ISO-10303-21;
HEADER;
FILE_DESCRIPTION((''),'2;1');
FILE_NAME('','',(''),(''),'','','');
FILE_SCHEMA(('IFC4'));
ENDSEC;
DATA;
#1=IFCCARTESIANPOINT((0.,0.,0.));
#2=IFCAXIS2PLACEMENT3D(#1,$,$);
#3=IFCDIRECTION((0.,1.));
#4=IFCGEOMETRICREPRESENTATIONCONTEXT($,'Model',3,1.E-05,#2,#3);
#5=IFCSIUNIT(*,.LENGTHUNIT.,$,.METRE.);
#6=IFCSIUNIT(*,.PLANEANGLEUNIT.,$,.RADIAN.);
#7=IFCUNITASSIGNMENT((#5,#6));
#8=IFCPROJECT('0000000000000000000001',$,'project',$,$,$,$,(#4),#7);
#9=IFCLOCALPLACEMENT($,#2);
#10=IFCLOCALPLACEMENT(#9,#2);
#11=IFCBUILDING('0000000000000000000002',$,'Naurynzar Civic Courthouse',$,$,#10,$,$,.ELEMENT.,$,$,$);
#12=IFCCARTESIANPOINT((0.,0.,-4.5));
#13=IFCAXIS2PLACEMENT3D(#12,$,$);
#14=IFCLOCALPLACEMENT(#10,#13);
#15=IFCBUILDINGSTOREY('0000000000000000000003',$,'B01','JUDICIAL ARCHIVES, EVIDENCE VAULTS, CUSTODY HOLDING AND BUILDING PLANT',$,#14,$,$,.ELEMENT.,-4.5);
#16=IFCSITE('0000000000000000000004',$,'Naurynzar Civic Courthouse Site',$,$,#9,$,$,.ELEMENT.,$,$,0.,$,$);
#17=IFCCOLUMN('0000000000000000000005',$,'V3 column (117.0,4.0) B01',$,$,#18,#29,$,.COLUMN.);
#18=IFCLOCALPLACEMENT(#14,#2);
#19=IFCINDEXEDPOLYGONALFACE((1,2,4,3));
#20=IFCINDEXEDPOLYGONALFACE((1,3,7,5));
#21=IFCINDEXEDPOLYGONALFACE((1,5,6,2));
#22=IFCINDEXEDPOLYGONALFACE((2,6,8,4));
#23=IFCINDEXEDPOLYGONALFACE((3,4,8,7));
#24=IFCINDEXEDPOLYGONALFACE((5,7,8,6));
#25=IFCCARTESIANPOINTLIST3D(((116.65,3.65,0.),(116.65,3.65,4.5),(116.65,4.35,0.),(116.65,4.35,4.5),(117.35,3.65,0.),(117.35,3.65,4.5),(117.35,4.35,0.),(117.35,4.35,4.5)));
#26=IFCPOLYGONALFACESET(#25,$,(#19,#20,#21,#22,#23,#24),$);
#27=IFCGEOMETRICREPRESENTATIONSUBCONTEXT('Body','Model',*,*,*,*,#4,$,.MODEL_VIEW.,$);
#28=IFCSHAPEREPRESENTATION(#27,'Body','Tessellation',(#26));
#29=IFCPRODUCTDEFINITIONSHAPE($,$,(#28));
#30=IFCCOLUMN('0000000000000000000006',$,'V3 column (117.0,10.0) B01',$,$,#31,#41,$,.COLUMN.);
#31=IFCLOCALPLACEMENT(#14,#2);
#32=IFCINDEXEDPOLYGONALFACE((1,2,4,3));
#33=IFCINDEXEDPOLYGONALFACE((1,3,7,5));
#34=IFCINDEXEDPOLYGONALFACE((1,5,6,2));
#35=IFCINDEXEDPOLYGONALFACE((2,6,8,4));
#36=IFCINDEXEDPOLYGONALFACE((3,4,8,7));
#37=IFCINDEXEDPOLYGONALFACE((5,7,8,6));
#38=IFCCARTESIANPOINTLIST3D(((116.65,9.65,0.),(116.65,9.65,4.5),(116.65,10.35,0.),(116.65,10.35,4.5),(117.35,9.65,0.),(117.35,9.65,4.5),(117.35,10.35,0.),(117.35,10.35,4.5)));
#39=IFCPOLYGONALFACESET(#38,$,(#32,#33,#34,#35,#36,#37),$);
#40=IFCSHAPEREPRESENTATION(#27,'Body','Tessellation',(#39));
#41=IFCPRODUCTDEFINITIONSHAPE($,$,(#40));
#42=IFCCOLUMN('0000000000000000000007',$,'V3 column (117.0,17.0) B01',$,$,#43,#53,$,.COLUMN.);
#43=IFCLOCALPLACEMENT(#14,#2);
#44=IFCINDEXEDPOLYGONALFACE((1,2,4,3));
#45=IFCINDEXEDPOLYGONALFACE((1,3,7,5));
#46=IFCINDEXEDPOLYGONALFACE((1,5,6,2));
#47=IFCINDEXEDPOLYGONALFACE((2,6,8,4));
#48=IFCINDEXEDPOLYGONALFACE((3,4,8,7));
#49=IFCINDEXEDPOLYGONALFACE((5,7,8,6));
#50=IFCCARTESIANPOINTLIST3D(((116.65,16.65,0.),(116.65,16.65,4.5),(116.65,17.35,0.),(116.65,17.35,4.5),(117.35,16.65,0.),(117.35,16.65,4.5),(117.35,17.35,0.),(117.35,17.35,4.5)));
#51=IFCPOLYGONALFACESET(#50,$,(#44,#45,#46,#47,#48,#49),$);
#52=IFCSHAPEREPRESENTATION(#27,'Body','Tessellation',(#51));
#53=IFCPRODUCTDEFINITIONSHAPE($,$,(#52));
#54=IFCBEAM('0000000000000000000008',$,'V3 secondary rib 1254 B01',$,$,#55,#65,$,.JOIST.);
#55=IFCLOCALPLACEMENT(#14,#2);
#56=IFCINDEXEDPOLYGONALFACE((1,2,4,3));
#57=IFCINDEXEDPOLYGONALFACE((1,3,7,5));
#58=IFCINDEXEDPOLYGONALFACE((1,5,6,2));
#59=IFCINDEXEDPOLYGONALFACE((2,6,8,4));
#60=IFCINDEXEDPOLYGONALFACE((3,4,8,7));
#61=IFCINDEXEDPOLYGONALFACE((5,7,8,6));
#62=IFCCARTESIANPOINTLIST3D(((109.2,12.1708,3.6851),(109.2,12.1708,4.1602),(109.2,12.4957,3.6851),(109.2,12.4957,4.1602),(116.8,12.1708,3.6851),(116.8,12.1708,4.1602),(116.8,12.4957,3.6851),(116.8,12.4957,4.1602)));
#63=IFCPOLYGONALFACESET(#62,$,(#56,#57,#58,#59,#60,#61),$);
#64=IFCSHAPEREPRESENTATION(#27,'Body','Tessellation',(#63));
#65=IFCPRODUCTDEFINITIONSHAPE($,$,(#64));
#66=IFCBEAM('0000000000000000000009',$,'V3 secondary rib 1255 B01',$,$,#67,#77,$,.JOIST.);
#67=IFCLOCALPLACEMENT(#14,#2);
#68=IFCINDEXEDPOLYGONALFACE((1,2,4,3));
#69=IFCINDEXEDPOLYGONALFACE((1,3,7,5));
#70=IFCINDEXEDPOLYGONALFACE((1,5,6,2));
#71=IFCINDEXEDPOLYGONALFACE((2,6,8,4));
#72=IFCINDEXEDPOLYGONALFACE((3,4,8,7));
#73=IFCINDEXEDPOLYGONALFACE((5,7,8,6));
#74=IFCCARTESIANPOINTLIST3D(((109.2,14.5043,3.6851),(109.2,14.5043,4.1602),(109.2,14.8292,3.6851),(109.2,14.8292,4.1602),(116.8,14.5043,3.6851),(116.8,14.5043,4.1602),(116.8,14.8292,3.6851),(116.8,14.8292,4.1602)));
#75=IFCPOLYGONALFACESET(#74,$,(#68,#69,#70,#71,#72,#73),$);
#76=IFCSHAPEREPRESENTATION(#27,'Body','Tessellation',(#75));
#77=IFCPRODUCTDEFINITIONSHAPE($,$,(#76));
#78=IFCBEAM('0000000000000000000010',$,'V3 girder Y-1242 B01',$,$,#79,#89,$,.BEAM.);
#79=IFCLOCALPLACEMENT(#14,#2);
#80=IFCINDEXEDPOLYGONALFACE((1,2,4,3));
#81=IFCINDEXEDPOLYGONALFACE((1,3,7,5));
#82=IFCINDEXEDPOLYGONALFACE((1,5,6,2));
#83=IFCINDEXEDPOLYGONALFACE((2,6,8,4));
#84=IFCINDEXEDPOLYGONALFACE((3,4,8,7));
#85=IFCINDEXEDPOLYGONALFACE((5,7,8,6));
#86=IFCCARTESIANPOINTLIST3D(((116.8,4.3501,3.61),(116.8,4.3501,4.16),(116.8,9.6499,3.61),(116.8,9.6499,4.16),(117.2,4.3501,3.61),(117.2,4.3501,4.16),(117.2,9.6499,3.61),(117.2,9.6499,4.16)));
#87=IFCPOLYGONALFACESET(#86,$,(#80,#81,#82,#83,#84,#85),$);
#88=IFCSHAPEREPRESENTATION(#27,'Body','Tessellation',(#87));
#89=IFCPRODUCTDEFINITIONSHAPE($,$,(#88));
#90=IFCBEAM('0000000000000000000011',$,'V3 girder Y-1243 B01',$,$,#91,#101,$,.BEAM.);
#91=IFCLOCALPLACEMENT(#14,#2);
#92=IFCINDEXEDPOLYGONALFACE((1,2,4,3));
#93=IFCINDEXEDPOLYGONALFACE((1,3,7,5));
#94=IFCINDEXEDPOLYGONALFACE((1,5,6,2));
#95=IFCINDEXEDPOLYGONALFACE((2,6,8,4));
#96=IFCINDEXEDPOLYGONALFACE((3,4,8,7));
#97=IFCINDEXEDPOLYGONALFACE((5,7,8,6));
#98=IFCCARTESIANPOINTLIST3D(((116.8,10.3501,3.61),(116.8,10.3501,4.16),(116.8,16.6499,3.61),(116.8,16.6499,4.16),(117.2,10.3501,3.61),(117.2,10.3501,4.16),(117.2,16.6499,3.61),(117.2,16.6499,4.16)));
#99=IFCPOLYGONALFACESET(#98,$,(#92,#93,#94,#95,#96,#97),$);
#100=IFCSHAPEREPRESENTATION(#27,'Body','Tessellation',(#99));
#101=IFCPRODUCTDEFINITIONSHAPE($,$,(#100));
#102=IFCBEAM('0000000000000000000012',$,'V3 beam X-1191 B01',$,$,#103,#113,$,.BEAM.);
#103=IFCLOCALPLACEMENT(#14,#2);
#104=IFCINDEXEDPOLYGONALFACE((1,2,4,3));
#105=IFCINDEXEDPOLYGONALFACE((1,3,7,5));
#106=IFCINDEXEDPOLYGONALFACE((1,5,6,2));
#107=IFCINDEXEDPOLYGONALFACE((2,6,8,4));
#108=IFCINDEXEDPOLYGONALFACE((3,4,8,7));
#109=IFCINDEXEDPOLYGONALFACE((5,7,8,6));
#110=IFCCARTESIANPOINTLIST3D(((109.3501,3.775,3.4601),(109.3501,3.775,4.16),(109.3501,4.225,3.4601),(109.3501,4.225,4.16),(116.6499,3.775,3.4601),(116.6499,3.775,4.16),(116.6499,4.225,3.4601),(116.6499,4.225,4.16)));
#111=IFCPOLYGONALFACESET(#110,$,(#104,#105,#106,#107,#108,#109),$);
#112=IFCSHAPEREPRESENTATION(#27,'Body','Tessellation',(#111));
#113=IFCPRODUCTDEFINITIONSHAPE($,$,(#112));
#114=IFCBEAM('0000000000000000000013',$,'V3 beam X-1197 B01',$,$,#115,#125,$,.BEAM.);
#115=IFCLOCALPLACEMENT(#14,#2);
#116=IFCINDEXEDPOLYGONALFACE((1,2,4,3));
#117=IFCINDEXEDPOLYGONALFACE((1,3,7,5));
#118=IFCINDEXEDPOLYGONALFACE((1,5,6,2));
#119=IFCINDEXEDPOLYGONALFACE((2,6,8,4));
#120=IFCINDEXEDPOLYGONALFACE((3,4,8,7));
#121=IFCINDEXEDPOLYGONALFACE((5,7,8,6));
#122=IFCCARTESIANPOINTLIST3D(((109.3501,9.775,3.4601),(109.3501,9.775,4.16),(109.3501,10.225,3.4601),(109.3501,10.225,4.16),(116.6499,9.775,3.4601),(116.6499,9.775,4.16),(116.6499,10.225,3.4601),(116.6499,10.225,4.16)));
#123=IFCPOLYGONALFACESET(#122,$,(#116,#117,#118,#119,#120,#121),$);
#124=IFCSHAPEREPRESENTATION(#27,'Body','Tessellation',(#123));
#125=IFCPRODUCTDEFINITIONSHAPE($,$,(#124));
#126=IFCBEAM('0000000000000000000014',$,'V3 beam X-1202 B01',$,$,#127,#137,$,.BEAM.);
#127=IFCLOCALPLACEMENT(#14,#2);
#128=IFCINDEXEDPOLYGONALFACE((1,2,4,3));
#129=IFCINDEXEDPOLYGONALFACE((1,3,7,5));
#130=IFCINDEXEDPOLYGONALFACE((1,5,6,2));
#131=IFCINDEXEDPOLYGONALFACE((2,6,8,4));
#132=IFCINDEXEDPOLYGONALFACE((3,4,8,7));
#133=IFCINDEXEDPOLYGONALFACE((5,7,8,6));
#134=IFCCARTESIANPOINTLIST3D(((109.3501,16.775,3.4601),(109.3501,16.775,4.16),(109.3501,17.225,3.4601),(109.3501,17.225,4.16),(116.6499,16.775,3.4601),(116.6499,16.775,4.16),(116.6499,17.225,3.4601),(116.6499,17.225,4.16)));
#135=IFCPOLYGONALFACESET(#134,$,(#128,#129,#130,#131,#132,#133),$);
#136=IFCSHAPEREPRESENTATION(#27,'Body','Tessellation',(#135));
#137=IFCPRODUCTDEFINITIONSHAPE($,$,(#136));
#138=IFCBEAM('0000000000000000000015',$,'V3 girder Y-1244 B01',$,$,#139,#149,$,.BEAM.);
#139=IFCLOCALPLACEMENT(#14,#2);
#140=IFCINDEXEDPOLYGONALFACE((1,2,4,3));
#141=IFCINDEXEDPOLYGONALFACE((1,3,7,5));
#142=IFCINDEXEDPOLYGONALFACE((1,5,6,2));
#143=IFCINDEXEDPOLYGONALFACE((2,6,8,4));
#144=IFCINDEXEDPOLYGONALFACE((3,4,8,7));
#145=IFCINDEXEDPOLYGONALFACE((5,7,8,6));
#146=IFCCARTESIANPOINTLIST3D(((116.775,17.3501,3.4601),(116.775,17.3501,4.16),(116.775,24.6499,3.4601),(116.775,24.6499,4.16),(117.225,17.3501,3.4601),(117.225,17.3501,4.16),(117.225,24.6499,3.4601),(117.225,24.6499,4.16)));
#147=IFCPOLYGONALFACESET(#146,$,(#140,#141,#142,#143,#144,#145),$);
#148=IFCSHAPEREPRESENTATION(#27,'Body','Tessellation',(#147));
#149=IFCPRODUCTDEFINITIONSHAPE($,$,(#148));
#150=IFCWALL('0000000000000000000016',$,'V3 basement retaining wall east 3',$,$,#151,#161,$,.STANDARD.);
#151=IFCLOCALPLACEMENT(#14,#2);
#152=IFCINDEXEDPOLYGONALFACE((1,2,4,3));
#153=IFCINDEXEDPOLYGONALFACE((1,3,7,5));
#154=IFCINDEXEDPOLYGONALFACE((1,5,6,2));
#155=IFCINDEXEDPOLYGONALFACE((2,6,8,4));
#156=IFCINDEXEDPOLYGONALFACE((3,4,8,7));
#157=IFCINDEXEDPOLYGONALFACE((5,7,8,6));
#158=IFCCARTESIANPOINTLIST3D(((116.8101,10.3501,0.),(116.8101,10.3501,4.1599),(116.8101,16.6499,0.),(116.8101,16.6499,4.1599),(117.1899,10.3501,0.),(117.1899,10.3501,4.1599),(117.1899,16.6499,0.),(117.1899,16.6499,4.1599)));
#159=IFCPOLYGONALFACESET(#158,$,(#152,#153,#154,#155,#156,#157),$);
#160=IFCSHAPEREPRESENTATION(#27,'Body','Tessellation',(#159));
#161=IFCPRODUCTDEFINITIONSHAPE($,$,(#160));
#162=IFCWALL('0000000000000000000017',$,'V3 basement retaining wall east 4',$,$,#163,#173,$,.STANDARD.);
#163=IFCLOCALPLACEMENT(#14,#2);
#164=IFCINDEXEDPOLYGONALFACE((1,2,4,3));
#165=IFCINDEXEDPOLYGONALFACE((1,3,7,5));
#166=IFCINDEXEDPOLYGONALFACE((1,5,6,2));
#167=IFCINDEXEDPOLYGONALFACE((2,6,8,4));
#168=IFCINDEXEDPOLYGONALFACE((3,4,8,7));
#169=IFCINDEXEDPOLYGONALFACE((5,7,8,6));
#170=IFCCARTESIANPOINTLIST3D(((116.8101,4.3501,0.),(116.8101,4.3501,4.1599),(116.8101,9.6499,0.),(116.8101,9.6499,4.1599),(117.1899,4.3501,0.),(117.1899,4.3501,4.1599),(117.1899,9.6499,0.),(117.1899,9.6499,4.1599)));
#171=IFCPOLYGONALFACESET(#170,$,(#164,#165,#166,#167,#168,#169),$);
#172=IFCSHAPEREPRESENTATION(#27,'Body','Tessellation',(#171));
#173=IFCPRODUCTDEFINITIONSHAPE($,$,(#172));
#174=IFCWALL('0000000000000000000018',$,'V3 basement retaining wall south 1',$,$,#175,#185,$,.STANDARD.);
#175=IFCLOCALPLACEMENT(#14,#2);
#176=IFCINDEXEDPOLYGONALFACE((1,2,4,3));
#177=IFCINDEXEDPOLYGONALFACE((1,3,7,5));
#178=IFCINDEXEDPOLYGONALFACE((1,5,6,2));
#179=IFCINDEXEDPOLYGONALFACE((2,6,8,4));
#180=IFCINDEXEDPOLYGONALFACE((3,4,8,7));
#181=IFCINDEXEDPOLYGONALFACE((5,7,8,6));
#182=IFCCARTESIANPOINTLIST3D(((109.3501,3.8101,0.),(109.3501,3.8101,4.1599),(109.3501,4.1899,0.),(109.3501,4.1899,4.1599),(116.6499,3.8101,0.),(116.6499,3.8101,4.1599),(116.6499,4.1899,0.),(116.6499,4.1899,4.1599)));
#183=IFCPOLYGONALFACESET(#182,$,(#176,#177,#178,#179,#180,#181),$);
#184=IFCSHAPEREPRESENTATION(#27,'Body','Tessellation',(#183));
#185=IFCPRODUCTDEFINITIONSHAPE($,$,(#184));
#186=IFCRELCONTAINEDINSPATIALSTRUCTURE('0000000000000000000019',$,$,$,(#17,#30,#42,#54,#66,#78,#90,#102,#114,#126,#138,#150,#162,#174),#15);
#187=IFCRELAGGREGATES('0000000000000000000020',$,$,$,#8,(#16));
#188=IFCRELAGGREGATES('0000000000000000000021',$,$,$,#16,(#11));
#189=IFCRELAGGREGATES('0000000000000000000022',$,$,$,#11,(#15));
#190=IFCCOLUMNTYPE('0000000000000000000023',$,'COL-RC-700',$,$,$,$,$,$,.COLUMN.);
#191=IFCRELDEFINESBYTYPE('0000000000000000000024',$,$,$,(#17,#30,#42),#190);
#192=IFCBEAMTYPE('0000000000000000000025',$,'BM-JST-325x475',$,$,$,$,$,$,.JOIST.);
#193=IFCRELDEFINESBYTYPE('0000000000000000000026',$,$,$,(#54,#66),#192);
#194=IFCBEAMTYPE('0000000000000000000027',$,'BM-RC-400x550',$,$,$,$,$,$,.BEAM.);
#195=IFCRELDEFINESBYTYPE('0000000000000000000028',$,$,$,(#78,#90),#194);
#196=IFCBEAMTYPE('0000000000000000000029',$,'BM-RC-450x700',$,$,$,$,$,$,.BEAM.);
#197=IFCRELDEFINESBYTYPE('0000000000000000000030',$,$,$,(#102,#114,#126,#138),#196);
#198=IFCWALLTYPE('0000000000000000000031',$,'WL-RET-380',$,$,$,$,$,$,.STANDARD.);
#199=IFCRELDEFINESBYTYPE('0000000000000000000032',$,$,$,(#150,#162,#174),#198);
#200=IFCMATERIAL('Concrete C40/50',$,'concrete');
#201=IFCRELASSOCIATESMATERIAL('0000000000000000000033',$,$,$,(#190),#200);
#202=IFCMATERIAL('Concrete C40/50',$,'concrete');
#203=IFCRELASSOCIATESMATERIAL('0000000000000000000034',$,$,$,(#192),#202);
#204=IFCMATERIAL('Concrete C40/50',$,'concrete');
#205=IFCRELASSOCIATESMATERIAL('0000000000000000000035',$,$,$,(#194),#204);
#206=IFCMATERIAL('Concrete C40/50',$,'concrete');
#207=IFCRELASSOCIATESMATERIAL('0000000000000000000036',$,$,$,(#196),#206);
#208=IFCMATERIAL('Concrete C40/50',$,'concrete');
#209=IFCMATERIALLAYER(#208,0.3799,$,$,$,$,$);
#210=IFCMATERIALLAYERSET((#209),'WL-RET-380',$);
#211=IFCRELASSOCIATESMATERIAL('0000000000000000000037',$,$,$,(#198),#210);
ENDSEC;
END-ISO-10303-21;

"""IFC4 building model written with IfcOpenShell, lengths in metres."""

from ifc_helpers import new_model, si_unit, direction, frame, frame_2d, origin, origin_2d, place, context, subcontext, project, spatial, rectangle, extrude, material, layer, layer_set, material_profile, profile_set, type_object, element, save


model = new_model("IFC4")

# Units and contexts
model_context = context("Model", 3, precision=1e-05, world=origin(), true_north=direction((0.0, 1.0)))
body_context = subcontext(model_context, "Body", "Model", "MODEL_VIEW")
ifc_project = project(units=[si_unit("LENGTHUNIT", "METRE"), si_unit("PLANEANGLEUNIT", "RADIAN")], contexts=[model_context])

# Site, building, storey
site_placement = place(None, origin())
site = spatial("IfcSite", under=ifc_project, at=site_placement, Name="Naurynzar Civic Courthouse Site", CompositionType="ELEMENT", RefElevation=0.0)
building_placement = place(site_placement, origin())
building = spatial("IfcBuilding", under=site, at=building_placement, Name="Naurynzar Civic Courthouse", CompositionType="ELEMENT")
storey_placement = place(building_placement, frame((0.0, 0.0, -4.5)))
storey = spatial("IfcBuildingStorey", under=building, at=storey_placement, Name="B01", Description="JUDICIAL ARCHIVES, EVIDENCE VAULTS, CUSTODY HOLDING AND BUILDING PLANT", CompositionType="ELEMENT", Elevation=-4.5)

# Columns
ifc_material_1 = material(Name="Concrete C40/50", Category="concrete")
ifc_material_profile_1 = material_profile(ifc_material_1, rectangle(XDim=0.7, YDim=0.7, at=origin_2d()), Name="RC 700x700")
ifc_profile_set_1 = profile_set([ifc_material_profile_1], Name="Concrete C40/50")
column_type = type_object("IfcColumnType", Name="COL-RC-700", PredefinedType="COLUMN", material=ifc_profile_set_1)
for number, where, z_axis, x_axis, name in (
    (1, (117.0, 4.0, 0.0), (0.0, 0.0, 1.0), (1.0, 0.0, 0.0), "V3 column (117.0,4.0) B01"),
    (2, (117.0, 10.0, 0.0), (0.0, 0.0, 1.0), (1.0, 0.0, 0.0), "V3 column (117.0,10.0) B01"),
    (3, (117.0, 17.0, 0.0), (0.0, 0.0, 1.0), (1.0, 0.0, 0.0), "V3 column (117.0,17.0) B01"),
):
    element("IfcColumn", number, at=place(storey_placement, frame(where, z_axis=z_axis, x_axis=x_axis)), inside=storey, type_object=column_type, Name=name, PredefinedType="COLUMN", context=body_context, shape_type="SweptSolid", body=[
        extrude(rectangle(XDim=0.7, YDim=0.7, at=origin_2d()), origin(), (0.0, 0.0, 1.0), 4.5),
    ])

# Beams
ifc_material_2 = material(Name="Concrete C40/50", Category="concrete")
ifc_material_profile_2 = material_profile(ifc_material_2, rectangle(XDim=0.325, YDim=0.4751, at=origin_2d()), Name="RCB 325x475")
ifc_profile_set_2 = profile_set([ifc_material_profile_2], Name="Concrete C40/50")
beam_type_1 = type_object("IfcBeamType", Name="BM-JST-325x475", PredefinedType="JOIST", material=ifc_profile_set_2)
for number, where, z_axis, x_axis, name in (
    (4, (109.2, 12.3333, 3.9226), (1.0, 0.0, 0.0), (0.0, 1.0, 0.0), "V3 secondary rib 1254 B01"),
    (5, (109.2, 14.6667, 3.9226), (1.0, 0.0, 0.0), (0.0, 1.0, 0.0), "V3 secondary rib 1255 B01"),
):
    element("IfcBeam", number, at=place(storey_placement, frame(where, z_axis=z_axis, x_axis=x_axis)), inside=storey, type_object=beam_type_1, Name=name, PredefinedType="JOIST", context=body_context, shape_type="SweptSolid", body=[
        extrude(rectangle(XDim=0.325, YDim=0.4751, at=origin_2d()), origin(), (0.0, 0.0, 1.0), 7.6001),
    ])
ifc_material_3 = material(Name="Concrete C40/50", Category="concrete")
ifc_material_profile_3 = material_profile(ifc_material_3, rectangle(XDim=0.3999, YDim=0.55, at=origin_2d()), Name="RCB 400x550")
ifc_profile_set_3 = profile_set([ifc_material_profile_3], Name="Concrete C40/50")
beam_type_2 = type_object("IfcBeamType", Name="BM-RC-400x550", PredefinedType="BEAM", material=ifc_profile_set_3)
beam_1_placement = place(storey_placement, frame((117.0, 4.3501, 3.885), z_axis=(0.0, 1.0, 0.0), x_axis=(-1.0, 0.0, 0.0)))
element("IfcBeam", 6, at=beam_1_placement, inside=storey, type_object=beam_type_2, Name="V3 girder Y-1242 B01", PredefinedType="BEAM", context=body_context, shape_type="SweptSolid", body=[
    extrude(rectangle(XDim=0.3999, YDim=0.55, at=origin_2d()), origin(), (0.0, 0.0, 1.0), 5.2998),
])
beam_2_placement = place(storey_placement, frame((117.0, 10.3501, 3.885), z_axis=(0.0, 1.0, 0.0), x_axis=(-1.0, 0.0, 0.0)))
element("IfcBeam", 7, at=beam_2_placement, inside=storey, type_object=beam_type_2, Name="V3 girder Y-1243 B01", PredefinedType="BEAM", context=body_context, shape_type="SweptSolid", body=[
    extrude(rectangle(XDim=0.3999, YDim=0.55, at=origin_2d()), origin(), (0.0, 0.0, 1.0), 6.2998),
])
ifc_material_4 = material(Name="Concrete C40/50", Category="concrete")
ifc_material_profile_4 = material_profile(ifc_material_4, rectangle(XDim=0.45, YDim=0.7, at=origin_2d()), Name="RCB 450x700")
ifc_profile_set_4 = profile_set([ifc_material_profile_4], Name="Concrete C40/50")
beam_type_3 = type_object("IfcBeamType", Name="BM-RC-450x700", PredefinedType="BEAM", material=ifc_profile_set_4)
for number, where, z_axis, x_axis, name in (
    (8, (109.3501, 4.0, 3.8101), (1.0, 0.0, 0.0), (0.0, 1.0, 0.0), "V3 beam X-1191 B01"),
    (9, (109.3501, 10.0, 3.8101), (1.0, 0.0, 0.0), (0.0, 1.0, 0.0), "V3 beam X-1197 B01"),
    (10, (109.3501, 17.0, 3.8101), (1.0, 0.0, 0.0), (0.0, 1.0, 0.0), "V3 beam X-1202 B01"),
    (11, (117.0, 17.3501, 3.8101), (0.0, 1.0, 0.0), (-1.0, 0.0, 0.0), "V3 girder Y-1244 B01"),
):
    element("IfcBeam", number, at=place(storey_placement, frame(where, z_axis=z_axis, x_axis=x_axis)), inside=storey, type_object=beam_type_3, Name=name, PredefinedType="BEAM", context=body_context, shape_type="SweptSolid", body=[
        extrude(rectangle(XDim=0.45, YDim=0.7, at=origin_2d()), origin(), (0.0, 0.0, 1.0), 7.2998),
    ])

# Walls
ifc_material_5 = material(Name="Concrete C40/50", Category="concrete")
ifc_layer = layer(ifc_material_5, 0.3799)
ifc_layer_set = layer_set([ifc_layer], Name="WL-RET-380")
wall_type = type_object("IfcWallType", Name="WL-RET-380", PredefinedType="STANDARD", material=ifc_layer_set)
wall_1_placement = place(storey_placement, frame((117.0, 16.6499, 0.0), z_axis=(0.0, 0.0, 1.0), x_axis=(0.0, -1.0, 0.0)))
element("IfcWall", 12, at=wall_1_placement, inside=storey, type_object=wall_type, Name="V3 basement retaining wall east 3", PredefinedType="STANDARD", context=body_context, shape_type="SweptSolid", body=[
    extrude(rectangle(XDim=6.2998, YDim=0.3799, at=frame_2d((3.1499, 0.0))), origin(), (0.0, 0.0, 1.0), 4.1599),
])
wall_2_placement = place(storey_placement, frame((117.0, 9.6499, 0.0), z_axis=(0.0, 0.0, 1.0), x_axis=(0.0, -1.0, 0.0)))
element("IfcWall", 13, at=wall_2_placement, inside=storey, type_object=wall_type, Name="V3 basement retaining wall east 4", PredefinedType="STANDARD", context=body_context, shape_type="SweptSolid", body=[
    extrude(rectangle(XDim=5.2998, YDim=0.3799, at=frame_2d((2.6499, 0.0))), origin(), (0.0, 0.0, 1.0), 4.1599),
])
wall_3_placement = place(storey_placement, frame((116.6499, 4.0, 0.0), z_axis=(0.0, 0.0, 1.0), x_axis=(-1.0, 0.0, 0.0)))
element("IfcWall", 14, at=wall_3_placement, inside=storey, type_object=wall_type, Name="V3 basement retaining wall south 1", PredefinedType="STANDARD", context=body_context, shape_type="SweptSolid", body=[
    extrude(rectangle(XDim=7.2998, YDim=0.3799, at=frame_2d((3.6499, 0.0))), origin(), (0.0, 0.0, 1.0), 4.1599),
])

save(model, "model.ifc")
